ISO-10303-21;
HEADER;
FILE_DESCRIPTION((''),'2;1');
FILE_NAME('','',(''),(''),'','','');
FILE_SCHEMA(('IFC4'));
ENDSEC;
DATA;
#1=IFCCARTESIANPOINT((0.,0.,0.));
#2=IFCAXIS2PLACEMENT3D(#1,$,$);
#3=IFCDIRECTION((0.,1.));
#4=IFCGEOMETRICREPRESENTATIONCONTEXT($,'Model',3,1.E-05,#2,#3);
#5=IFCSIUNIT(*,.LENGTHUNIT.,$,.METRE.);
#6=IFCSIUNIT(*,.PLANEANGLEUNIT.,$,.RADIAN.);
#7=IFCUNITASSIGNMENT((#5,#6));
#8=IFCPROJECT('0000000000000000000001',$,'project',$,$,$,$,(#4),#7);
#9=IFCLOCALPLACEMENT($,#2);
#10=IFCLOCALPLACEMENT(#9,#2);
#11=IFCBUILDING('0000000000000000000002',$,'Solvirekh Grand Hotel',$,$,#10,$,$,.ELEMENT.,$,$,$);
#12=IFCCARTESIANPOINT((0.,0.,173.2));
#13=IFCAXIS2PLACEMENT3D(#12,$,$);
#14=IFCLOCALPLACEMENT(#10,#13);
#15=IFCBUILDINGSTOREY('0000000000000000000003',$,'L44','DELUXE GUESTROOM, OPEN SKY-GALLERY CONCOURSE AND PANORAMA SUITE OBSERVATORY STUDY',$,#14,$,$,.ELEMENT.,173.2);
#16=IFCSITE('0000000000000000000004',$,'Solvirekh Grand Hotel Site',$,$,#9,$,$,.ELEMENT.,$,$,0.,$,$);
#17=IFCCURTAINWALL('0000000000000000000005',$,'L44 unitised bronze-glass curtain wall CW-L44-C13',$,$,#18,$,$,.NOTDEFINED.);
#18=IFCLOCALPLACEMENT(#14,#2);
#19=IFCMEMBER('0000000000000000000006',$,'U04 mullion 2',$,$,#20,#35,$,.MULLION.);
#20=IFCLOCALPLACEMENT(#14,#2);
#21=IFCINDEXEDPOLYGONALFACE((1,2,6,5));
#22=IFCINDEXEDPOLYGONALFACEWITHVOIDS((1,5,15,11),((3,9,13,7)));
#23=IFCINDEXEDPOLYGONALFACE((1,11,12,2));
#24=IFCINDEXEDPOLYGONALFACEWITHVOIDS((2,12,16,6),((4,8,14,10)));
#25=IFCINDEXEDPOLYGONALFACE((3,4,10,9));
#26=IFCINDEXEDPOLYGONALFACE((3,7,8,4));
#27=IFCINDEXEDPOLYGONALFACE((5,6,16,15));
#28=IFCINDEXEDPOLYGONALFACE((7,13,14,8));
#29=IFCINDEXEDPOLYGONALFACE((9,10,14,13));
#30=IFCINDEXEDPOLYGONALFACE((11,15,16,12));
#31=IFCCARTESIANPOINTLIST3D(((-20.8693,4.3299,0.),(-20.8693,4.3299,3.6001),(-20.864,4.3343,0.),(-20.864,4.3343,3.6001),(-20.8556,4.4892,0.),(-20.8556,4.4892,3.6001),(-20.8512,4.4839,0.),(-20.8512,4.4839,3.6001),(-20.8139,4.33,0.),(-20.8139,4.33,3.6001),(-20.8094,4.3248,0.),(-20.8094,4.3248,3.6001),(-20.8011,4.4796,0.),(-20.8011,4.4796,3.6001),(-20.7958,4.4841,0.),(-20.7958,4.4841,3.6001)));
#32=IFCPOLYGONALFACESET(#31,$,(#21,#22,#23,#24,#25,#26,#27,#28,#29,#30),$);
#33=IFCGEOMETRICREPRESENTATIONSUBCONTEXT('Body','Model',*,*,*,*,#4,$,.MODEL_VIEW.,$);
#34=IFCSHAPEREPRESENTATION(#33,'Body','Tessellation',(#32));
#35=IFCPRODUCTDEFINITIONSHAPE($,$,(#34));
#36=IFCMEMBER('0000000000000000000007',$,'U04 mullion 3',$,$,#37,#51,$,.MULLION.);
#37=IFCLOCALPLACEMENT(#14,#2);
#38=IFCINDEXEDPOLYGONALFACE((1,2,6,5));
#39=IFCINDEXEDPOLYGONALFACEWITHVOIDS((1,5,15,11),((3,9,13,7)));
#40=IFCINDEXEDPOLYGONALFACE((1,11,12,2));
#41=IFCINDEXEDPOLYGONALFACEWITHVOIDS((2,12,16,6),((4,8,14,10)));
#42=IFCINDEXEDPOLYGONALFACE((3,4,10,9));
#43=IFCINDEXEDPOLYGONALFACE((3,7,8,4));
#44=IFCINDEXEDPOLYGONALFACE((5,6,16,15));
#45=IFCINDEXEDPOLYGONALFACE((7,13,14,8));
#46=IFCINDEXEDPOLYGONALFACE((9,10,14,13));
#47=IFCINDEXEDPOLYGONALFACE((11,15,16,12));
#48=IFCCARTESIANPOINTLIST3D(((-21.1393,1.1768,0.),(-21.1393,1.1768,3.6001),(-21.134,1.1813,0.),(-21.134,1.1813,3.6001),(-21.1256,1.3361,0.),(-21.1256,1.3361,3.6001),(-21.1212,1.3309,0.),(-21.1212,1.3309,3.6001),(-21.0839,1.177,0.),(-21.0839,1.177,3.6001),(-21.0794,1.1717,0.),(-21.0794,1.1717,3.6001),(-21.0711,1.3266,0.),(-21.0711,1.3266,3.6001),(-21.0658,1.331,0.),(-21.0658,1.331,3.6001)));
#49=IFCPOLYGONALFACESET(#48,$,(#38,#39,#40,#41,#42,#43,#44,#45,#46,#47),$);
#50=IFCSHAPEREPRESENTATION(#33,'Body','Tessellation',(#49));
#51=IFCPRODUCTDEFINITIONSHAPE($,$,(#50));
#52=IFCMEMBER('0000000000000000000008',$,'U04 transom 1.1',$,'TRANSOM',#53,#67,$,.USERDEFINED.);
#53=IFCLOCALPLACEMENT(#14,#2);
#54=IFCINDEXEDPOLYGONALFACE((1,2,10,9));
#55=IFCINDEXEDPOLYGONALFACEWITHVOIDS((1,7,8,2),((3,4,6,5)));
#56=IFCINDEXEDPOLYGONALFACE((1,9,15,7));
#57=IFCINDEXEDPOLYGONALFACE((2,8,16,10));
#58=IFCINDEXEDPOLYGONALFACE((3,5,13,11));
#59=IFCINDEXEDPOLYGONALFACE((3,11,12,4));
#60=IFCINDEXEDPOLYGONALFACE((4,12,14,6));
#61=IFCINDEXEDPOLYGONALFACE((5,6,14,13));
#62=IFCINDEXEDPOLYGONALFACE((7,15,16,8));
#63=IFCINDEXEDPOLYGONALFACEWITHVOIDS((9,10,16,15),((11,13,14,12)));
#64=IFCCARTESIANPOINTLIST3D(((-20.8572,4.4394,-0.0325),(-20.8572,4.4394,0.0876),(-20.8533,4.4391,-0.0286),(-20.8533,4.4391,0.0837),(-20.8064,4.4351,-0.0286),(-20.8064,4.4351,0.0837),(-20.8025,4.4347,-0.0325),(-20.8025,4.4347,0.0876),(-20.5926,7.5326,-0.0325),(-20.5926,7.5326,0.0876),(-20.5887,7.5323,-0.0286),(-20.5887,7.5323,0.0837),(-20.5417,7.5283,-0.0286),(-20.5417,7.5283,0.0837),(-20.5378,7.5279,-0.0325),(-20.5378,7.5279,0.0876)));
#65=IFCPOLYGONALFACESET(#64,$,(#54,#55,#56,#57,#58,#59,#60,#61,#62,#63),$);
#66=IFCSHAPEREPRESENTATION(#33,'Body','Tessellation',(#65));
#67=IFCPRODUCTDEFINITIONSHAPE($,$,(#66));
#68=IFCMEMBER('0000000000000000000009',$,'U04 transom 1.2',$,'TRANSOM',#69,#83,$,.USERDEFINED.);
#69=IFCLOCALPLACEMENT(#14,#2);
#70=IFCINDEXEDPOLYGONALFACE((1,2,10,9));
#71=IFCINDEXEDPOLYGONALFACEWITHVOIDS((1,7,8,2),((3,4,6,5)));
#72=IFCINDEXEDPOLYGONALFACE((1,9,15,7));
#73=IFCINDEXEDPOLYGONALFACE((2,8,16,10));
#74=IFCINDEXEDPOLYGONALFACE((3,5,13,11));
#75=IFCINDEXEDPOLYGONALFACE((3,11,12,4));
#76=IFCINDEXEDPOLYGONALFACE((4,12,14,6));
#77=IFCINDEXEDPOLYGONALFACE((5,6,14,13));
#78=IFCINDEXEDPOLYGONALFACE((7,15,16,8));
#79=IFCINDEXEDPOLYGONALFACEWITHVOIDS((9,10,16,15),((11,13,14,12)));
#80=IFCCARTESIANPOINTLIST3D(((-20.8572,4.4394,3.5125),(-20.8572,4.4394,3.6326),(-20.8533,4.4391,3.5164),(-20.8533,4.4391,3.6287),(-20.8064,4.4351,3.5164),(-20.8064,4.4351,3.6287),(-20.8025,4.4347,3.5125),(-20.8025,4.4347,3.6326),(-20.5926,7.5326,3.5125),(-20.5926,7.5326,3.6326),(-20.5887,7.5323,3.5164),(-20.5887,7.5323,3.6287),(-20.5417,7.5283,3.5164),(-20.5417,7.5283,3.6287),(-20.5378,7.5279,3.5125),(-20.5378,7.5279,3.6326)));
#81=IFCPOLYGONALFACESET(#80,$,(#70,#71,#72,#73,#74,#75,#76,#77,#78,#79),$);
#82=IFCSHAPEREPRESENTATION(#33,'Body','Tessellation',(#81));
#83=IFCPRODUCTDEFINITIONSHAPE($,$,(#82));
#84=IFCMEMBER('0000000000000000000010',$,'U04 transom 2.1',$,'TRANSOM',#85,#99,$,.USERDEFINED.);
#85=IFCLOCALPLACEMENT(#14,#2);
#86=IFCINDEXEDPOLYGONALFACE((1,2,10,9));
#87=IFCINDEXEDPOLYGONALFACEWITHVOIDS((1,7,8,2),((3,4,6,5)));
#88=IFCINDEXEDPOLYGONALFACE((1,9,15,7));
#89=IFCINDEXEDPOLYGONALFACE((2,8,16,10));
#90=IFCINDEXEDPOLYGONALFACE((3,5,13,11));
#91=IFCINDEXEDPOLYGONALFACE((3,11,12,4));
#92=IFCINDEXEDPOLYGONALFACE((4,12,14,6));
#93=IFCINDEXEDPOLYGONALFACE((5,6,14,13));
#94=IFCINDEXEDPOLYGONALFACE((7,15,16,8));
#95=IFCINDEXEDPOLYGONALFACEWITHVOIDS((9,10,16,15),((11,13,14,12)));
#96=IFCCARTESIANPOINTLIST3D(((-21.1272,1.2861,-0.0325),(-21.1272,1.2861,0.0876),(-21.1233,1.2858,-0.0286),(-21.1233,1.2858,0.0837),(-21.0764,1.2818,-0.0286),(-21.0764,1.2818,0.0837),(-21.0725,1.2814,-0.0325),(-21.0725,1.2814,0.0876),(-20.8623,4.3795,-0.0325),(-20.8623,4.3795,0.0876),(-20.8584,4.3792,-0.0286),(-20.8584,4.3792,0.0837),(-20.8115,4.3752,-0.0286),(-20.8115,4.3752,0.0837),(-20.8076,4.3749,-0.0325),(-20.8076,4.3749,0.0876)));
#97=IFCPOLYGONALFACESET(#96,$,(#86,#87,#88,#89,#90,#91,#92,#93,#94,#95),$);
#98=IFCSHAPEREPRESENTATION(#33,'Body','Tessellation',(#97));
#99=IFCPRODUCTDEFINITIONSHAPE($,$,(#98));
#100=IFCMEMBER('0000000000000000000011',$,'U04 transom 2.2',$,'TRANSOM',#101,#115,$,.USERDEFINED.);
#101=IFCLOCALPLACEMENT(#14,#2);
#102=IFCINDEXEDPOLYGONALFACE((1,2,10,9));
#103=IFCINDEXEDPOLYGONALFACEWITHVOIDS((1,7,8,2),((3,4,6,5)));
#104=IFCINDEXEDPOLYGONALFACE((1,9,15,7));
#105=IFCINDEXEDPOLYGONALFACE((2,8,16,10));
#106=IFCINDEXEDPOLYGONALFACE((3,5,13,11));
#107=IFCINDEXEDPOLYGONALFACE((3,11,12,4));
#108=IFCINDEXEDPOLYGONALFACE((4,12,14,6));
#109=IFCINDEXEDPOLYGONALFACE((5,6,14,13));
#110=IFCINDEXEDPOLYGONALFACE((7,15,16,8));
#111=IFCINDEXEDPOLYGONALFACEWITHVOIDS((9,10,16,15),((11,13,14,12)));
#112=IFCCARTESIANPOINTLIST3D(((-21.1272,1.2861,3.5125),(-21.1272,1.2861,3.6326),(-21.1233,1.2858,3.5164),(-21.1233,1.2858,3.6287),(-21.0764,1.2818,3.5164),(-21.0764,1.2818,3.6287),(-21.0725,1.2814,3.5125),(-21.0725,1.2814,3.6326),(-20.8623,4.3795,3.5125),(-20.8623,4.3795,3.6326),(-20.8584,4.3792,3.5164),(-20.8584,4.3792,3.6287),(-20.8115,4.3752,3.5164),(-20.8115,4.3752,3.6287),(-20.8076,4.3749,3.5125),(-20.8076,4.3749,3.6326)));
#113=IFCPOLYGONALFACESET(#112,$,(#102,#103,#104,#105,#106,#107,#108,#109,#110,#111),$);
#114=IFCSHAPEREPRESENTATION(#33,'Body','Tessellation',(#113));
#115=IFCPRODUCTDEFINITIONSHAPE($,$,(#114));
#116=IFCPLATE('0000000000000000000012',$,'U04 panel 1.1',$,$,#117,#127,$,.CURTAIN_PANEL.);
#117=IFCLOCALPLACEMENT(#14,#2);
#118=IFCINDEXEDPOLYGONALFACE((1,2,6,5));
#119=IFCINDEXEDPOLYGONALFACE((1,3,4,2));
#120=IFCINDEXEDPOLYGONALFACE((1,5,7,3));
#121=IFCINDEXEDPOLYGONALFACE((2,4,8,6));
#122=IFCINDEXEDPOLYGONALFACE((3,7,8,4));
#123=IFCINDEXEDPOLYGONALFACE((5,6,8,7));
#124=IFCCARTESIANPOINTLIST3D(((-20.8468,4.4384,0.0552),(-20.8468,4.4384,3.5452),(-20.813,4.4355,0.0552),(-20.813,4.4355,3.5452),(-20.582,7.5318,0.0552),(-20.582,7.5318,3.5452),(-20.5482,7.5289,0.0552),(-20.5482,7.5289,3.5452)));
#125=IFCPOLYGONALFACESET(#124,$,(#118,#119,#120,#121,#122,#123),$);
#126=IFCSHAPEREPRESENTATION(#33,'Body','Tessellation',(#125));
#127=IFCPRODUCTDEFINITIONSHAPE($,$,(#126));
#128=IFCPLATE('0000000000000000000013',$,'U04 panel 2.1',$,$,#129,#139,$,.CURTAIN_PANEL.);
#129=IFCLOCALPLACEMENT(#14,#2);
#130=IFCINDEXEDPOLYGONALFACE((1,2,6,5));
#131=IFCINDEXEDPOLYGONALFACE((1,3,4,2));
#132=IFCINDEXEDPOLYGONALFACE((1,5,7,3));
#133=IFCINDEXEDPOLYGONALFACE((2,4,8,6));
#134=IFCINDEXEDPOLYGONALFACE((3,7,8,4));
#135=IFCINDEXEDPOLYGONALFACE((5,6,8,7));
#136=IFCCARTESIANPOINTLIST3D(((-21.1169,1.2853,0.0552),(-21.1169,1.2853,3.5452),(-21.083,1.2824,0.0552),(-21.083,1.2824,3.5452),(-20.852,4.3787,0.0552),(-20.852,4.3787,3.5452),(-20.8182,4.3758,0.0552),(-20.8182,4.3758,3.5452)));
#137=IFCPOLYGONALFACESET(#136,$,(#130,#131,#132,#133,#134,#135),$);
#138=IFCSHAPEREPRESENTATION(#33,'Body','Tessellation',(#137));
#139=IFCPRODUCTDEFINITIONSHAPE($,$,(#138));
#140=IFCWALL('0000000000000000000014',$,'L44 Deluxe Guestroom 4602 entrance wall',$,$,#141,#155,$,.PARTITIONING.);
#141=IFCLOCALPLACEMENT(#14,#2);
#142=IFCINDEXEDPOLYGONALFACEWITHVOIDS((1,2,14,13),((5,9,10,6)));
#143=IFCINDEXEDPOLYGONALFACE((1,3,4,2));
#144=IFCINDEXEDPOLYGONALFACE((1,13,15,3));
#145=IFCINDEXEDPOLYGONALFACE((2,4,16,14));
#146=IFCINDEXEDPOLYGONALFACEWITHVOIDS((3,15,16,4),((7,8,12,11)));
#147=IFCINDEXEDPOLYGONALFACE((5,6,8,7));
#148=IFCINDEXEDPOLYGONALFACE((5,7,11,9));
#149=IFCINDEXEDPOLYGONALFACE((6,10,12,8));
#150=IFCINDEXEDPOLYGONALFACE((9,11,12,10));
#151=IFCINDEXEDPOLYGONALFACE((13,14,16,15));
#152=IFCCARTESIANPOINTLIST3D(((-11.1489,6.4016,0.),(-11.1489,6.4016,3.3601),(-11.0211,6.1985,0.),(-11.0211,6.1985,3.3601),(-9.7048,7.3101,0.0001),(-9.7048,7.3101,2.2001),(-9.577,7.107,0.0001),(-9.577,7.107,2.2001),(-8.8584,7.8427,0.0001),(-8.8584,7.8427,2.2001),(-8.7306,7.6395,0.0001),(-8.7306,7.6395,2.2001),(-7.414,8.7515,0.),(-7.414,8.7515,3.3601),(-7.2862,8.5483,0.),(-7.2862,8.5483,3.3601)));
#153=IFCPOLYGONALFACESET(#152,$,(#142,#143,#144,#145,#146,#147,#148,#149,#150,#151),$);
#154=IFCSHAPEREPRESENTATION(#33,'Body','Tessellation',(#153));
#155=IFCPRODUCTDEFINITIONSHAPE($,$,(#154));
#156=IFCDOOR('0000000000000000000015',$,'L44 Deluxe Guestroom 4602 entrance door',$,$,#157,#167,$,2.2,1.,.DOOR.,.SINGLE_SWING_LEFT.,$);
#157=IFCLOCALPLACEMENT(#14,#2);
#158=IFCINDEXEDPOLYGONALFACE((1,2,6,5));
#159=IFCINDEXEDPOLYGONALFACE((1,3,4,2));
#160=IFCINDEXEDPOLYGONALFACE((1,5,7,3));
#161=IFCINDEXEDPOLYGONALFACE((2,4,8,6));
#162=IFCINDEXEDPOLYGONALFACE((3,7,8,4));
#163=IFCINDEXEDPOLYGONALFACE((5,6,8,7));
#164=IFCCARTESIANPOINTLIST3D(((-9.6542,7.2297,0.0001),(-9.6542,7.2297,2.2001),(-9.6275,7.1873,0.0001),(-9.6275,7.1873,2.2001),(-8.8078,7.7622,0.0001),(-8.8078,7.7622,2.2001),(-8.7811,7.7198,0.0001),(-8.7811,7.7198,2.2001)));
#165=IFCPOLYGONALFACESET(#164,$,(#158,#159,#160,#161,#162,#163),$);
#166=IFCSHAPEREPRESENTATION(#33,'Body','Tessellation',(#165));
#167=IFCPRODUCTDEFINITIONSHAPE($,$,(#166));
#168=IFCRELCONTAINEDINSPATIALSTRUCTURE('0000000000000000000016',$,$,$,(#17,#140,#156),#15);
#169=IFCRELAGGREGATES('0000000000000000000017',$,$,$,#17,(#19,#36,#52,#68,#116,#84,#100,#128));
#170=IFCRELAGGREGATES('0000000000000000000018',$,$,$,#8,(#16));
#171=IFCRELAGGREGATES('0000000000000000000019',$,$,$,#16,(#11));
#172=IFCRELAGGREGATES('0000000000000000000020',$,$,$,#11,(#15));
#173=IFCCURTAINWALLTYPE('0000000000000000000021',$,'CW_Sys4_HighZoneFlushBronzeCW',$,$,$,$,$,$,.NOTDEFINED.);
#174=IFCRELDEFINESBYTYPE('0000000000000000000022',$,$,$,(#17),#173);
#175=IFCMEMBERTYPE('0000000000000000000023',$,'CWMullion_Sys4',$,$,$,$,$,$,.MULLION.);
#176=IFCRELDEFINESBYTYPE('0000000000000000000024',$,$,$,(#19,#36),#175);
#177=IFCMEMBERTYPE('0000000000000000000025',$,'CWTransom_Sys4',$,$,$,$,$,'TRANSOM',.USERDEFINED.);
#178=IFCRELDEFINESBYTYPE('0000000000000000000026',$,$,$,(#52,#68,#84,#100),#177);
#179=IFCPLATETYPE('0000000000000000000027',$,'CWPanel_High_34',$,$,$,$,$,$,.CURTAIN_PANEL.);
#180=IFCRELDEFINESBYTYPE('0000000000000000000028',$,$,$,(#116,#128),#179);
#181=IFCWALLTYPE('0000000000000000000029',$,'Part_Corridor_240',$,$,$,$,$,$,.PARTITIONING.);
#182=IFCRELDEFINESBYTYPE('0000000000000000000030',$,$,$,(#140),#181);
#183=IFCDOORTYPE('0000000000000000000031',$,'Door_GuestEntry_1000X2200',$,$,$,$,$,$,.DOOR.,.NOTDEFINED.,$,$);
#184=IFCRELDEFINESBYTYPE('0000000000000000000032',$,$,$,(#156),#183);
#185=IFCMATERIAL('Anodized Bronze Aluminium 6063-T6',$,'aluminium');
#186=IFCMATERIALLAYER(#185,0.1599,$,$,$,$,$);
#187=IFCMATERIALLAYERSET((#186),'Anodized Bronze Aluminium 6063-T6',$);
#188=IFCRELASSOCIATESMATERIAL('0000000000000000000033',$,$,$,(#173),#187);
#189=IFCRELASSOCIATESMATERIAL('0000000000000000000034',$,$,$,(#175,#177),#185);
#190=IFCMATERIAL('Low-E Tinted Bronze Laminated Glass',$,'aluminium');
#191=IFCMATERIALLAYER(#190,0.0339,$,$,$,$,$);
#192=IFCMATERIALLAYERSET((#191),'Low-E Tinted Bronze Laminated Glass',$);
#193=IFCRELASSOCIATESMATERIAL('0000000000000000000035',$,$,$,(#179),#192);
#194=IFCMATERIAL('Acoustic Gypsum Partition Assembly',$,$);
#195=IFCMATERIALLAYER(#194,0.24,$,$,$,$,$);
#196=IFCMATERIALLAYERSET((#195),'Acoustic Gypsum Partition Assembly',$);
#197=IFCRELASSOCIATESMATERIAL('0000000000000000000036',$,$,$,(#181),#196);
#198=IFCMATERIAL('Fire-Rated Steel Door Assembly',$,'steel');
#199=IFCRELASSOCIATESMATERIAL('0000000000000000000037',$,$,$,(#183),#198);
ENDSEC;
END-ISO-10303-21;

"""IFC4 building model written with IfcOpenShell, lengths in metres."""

from ifc_helpers import new_model, si_unit, direction, frame, frame_2d, origin, origin_2d, place, context, subcontext, project, spatial, rectangle, hollow_rectangle, extrude, source, transform, mapped, material, layer, layer_set, material_profile, profile_set, type_object, element, fill, aggregate, save


model = new_model("IFC4")

# Units and contexts
model_context = context("Model", 3, precision=1e-05, world=origin(), true_north=direction((0.0, 1.0)))
body_context = subcontext(model_context, "Body", "Model", "MODEL_VIEW")
ifc_project = project(units=[si_unit("LENGTHUNIT", "METRE"), si_unit("PLANEANGLEUNIT", "RADIAN")], contexts=[model_context])

# Site, building, storey
site_placement = place(None, origin())
site = spatial("IfcSite", under=ifc_project, at=site_placement, Name="Solvirekh Grand Hotel Site", CompositionType="ELEMENT", RefElevation=0.0)
building_placement = place(site_placement, origin())
building = spatial("IfcBuilding", under=site, at=building_placement, Name="Solvirekh Grand Hotel", CompositionType="ELEMENT")
storey_placement = place(building_placement, frame((0.0, 0.0, 173.2)))
storey = spatial("IfcBuildingStorey", under=building, at=storey_placement, Name="L44", Description="DELUXE GUESTROOM, OPEN SKY-GALLERY CONCOURSE AND PANORAMA SUITE OBSERVATORY STUDY", CompositionType="ELEMENT", Elevation=173.2)

# Curtain wall, members, plates
ifc_material_1 = material(Name="Anodized Bronze Aluminium 6063-T6", Category="aluminium")
ifc_layer_1 = layer(ifc_material_1, 0.1599)
ifc_layer_set_1 = layer_set([ifc_layer_1], Name="Anodized Bronze Aluminium 6063-T6")
curtain_wall_type = type_object("IfcCurtainWallType", Name="CW_Sys4_HighZoneFlushBronzeCW", PredefinedType="NOTDEFINED", material=ifc_layer_set_1)
curtain_wall_placement = place(storey_placement, origin())
curtain_wall = element("IfcCurtainWall", 1, at=curtain_wall_placement, inside=storey, type_object=curtain_wall_type, Name="L44 unitised bronze-glass curtain wall CW-L44-C13", PredefinedType="NOTDEFINED")
ifc_material_profile_1 = material_profile(ifc_material_1, hollow_rectangle(XDim=0.0601, YDim=0.1599, WallThickness=0.0049, at=origin_2d()), Name="ALU RHS 160X60X5")
ifc_profile_set_1 = profile_set([ifc_material_profile_1], Name="Anodized Bronze Aluminium 6063-T6")
member_type_1 = type_object("IfcMemberType", Name="CWMullion_Sys4", PredefinedType="MULLION", material=ifc_profile_set_1)
shared_shape_1 = source(origin(), body_context, "Body", "SweptSolid", [
    extrude(hollow_rectangle(XDim=0.0601, YDim=0.1599, WallThickness=0.0049, at=origin_2d()), origin(), (0.0, 0.0, 1.0), 3.6001),
])
member_1_placement = place(storey_placement, frame((-20.8325, 4.407, 0.0), z_axis=(0.0, 0.0, 1.0), x_axis=(0.996355, -0.085299, 0.0)))
member_1 = element("IfcMember", 2, at=member_1_placement, type_object=member_type_1, Name="U04 mullion 2", PredefinedType="MULLION", context=body_context, shape_type="MappedRepresentation", body=[
    mapped(shared_shape_1, transform((0.0, 0.0, 0.0), x_axis=(1.0, 0.0, 0.0), y_axis=(0.0, 1.0, 0.0), z_axis=(0.0, 0.0, 1.0), scale=1.0)),
])
member_2_placement = place(storey_placement, frame((-21.1025, 1.2539, 0.0), z_axis=(0.0, 0.0, 1.0), x_axis=(0.996355, -0.085299, 0.0)))
member_2 = element("IfcMember", 3, at=member_2_placement, type_object=member_type_1, Name="U04 mullion 3", PredefinedType="MULLION", context=body_context, shape_type="MappedRepresentation", body=[
    mapped(shared_shape_1, transform((0.0, 0.0, 0.0), x_axis=(1.0, 0.0, 0.0), y_axis=(0.0, 1.0, 0.0), z_axis=(0.0, 0.0, 1.0), scale=1.0)),
])
ifc_material_profile_2 = material_profile(ifc_material_1, hollow_rectangle(XDim=0.0549, YDim=0.1201, WallThickness=0.0039, at=origin_2d()), Name="ALU RHS 120X55X4")
ifc_profile_set_2 = profile_set([ifc_material_profile_2], Name="Anodized Bronze Aluminium 6063-T6")
member_type_2 = type_object("IfcMemberType", Name="CWTransom_Sys4", ElementType="TRANSOM", PredefinedType="USERDEFINED", material=ifc_profile_set_2)
shared_shape_2 = source(origin(), body_context, "Body", "SweptSolid", [
    extrude(hollow_rectangle(XDim=0.0549, YDim=0.1201, WallThickness=0.0039, at=origin_2d()), origin(), (0.0, 0.0, 1.0), 3.1045),
])
member_3_placement = place(storey_placement, frame((-20.5652, 7.5303, 0.0276), z_axis=(-0.085245, -0.99636, 0.0), x_axis=(0.99636, -0.085245, 0.0)))
member_3 = element("IfcMember", 4, at=member_3_placement, type_object=member_type_2, Name="U04 transom 1.1", ObjectType="TRANSOM", PredefinedType="USERDEFINED", context=body_context, shape_type="MappedRepresentation", body=[
    mapped(shared_shape_2, transform((0.0, 0.0, 0.0), x_axis=(1.0, 0.0, 0.0), y_axis=(0.0, 1.0, 0.0), z_axis=(0.0, 0.0, 1.0), scale=1.0)),
])
member_4_placement = place(storey_placement, frame((-20.5652, 7.5303, 3.5725), z_axis=(-0.085245, -0.99636, 0.0), x_axis=(0.99636, -0.085245, 0.0)))
member_4 = element("IfcMember", 5, at=member_4_placement, type_object=member_type_2, Name="U04 transom 1.2", ObjectType="TRANSOM", PredefinedType="USERDEFINED", context=body_context, shape_type="MappedRepresentation", body=[
    mapped(shared_shape_2, transform((0.0, 0.0, 0.0), x_axis=(1.0, 0.0, 0.0), y_axis=(0.0, 1.0, 0.0), z_axis=(0.0, 0.0, 1.0), scale=1.0)),
])
shared_shape_3 = source(origin(), body_context, "Body", "SweptSolid", [
    extrude(hollow_rectangle(XDim=0.0549, YDim=0.1201, WallThickness=0.0039, at=origin_2d()), origin(), (0.0, 0.0, 1.0), 3.1047),
])
member_5_placement = place(storey_placement, frame((-20.835, 4.3772, 0.0276), z_axis=(-0.085316, -0.996354, 0.0), x_axis=(0.996354, -0.085316, 0.0)))
member_5 = element("IfcMember", 6, at=member_5_placement, type_object=member_type_2, Name="U04 transom 2.1", ObjectType="TRANSOM", PredefinedType="USERDEFINED", context=body_context, shape_type="MappedRepresentation", body=[
    mapped(shared_shape_3, transform((0.0, 0.0, 0.0), x_axis=(1.0, 0.0, 0.0), y_axis=(0.0, 1.0, 0.0), z_axis=(0.0, 0.0, 1.0), scale=1.0)),
])
member_6_placement = place(storey_placement, frame((-20.835, 4.3772, 3.5725), z_axis=(-0.085316, -0.996354, 0.0), x_axis=(0.996354, -0.085316, 0.0)))
member_6 = element("IfcMember", 7, at=member_6_placement, type_object=member_type_2, Name="U04 transom 2.2", ObjectType="TRANSOM", PredefinedType="USERDEFINED", context=body_context, shape_type="MappedRepresentation", body=[
    mapped(shared_shape_3, transform((0.0, 0.0, 0.0), x_axis=(1.0, 0.0, 0.0), y_axis=(0.0, 1.0, 0.0), z_axis=(0.0, 0.0, 1.0), scale=1.0)),
])
ifc_material_2 = material(Name="Low-E Tinted Bronze Laminated Glass", Category="aluminium")
ifc_layer_2 = layer(ifc_material_2, 0.0339)
ifc_layer_set_2 = layer_set([ifc_layer_2], Name="Low-E Tinted Bronze Laminated Glass")
plate_type = type_object("IfcPlateType", Name="CWPanel_High_34", PredefinedType="CURTAIN_PANEL", material=ifc_layer_set_2)
shared_shape_4 = source(origin(), body_context, "Body", "SweptSolid", [
    extrude(rectangle(XDim=3.1047, YDim=0.0339, at=origin_2d()), origin(), (0.0, 0.0, 1.0), 3.49),
])
plate_1_placement = place(storey_placement, frame((-20.6975, 5.9836, 0.0552), z_axis=(0.0, 0.0, 1.0), x_axis=(-0.085299, -0.996355, 0.0)))
plate_1 = element("IfcPlate", 8, at=plate_1_placement, type_object=plate_type, Name="U04 panel 1.1", PredefinedType="CURTAIN_PANEL", context=body_context, shape_type="MappedRepresentation", body=[
    mapped(shared_shape_4, transform((0.0, 0.0, 0.0), x_axis=(1.0, 0.0, 0.0), y_axis=(0.0, 1.0, 0.0), z_axis=(0.0, 0.0, 1.0), scale=1.0)),
])
plate_2_placement = place(storey_placement, frame((-20.9675, 2.8306, 0.0552), z_axis=(0.0, 0.0, 1.0), x_axis=(-0.085299, -0.996355, 0.0)))
plate_2 = element("IfcPlate", 9, at=plate_2_placement, type_object=plate_type, Name="U04 panel 2.1", PredefinedType="CURTAIN_PANEL", context=body_context, shape_type="MappedRepresentation", body=[
    mapped(shared_shape_4, transform((0.0, 0.0, 0.0), x_axis=(1.0, 0.0, 0.0), y_axis=(0.0, 1.0, 0.0), z_axis=(0.0, 0.0, 1.0), scale=1.0)),
])
aggregate(curtain_wall, [member_1, member_2, member_3, member_4, plate_1, member_5, member_6, plate_2])

# Wall, opening, door
ifc_material_3 = material(Name="Acoustic Gypsum Partition Assembly")
ifc_layer_3 = layer(ifc_material_3, 0.24)
ifc_layer_set_3 = layer_set([ifc_layer_3], Name="Acoustic Gypsum Partition Assembly")
wall_type_1 = type_object("IfcWallType", Name="Part_Corridor_240", PredefinedType="PARTITIONING", material=ifc_layer_set_3)
wall_1_placement = place(storey_placement, frame((-11.085, 6.3, 0.0), z_axis=(0.0, 0.0, 1.0), x_axis=(0.846409, 0.532533, 0.0)))
wall_1 = element("IfcWall", 10, at=wall_1_placement, inside=storey, type_object=wall_type_1, Name="L44 Deluxe Guestroom 4602 entrance wall", PredefinedType="PARTITIONING", context=body_context, shape_type="SweptSolid", body=[
    extrude(rectangle(XDim=4.4126, YDim=0.24, at=frame_2d((2.2063, 0.0))), origin(), (0.0, 0.0, 1.0), 3.3601),
])
opening_1_placement = place(wall_1_placement, frame((1.7061, 0.0, 0.0)))
opening_1 = element("IfcOpeningElement", 11, at=opening_1_placement, cuts=wall_1, PredefinedType="OPENING", context=body_context, shape_type="SweptSolid", body=[
    extrude(rectangle(XDim=1.0, YDim=2.2, at=frame_2d((0.5, 1.1001))), frame((0.0, 0.1299, 0.0), z_axis=(0.0, -1.0, 0.0), x_axis=(1.0, 0.0, 0.0)), (0.0, 0.0, 1.0), 0.26),
])
ifc_material_4 = material(Name="Fire-Rated Steel Door Assembly", Category="steel")
door_type_1 = type_object("IfcDoorType", Name="Door_GuestEntry_1000X2200", OperationType="NOTDEFINED", PredefinedType="DOOR", material=ifc_material_4)
door_1_placement = place(opening_1_placement, origin())
door_1 = element("IfcDoor", 12, at=door_1_placement, inside=storey, type_object=door_type_1, Name="L44 Deluxe Guestroom 4602 entrance door", OperationType="SINGLE_SWING_LEFT", OverallHeight=2.2, OverallWidth=1.0, PredefinedType="DOOR", context=body_context, shape_type="SweptSolid", body=[
    extrude(rectangle(XDim=1.0, YDim=2.2, at=frame_2d((0.5, 1.1001))), frame((0.0, 0.0249, 0.0), z_axis=(0.0, -1.0, 0.0), x_axis=(1.0, 0.0, 0.0)), (0.0, 0.0, 1.0), 0.05),
])
fill(opening_1, door_1)

save(model, "model.ifc")
